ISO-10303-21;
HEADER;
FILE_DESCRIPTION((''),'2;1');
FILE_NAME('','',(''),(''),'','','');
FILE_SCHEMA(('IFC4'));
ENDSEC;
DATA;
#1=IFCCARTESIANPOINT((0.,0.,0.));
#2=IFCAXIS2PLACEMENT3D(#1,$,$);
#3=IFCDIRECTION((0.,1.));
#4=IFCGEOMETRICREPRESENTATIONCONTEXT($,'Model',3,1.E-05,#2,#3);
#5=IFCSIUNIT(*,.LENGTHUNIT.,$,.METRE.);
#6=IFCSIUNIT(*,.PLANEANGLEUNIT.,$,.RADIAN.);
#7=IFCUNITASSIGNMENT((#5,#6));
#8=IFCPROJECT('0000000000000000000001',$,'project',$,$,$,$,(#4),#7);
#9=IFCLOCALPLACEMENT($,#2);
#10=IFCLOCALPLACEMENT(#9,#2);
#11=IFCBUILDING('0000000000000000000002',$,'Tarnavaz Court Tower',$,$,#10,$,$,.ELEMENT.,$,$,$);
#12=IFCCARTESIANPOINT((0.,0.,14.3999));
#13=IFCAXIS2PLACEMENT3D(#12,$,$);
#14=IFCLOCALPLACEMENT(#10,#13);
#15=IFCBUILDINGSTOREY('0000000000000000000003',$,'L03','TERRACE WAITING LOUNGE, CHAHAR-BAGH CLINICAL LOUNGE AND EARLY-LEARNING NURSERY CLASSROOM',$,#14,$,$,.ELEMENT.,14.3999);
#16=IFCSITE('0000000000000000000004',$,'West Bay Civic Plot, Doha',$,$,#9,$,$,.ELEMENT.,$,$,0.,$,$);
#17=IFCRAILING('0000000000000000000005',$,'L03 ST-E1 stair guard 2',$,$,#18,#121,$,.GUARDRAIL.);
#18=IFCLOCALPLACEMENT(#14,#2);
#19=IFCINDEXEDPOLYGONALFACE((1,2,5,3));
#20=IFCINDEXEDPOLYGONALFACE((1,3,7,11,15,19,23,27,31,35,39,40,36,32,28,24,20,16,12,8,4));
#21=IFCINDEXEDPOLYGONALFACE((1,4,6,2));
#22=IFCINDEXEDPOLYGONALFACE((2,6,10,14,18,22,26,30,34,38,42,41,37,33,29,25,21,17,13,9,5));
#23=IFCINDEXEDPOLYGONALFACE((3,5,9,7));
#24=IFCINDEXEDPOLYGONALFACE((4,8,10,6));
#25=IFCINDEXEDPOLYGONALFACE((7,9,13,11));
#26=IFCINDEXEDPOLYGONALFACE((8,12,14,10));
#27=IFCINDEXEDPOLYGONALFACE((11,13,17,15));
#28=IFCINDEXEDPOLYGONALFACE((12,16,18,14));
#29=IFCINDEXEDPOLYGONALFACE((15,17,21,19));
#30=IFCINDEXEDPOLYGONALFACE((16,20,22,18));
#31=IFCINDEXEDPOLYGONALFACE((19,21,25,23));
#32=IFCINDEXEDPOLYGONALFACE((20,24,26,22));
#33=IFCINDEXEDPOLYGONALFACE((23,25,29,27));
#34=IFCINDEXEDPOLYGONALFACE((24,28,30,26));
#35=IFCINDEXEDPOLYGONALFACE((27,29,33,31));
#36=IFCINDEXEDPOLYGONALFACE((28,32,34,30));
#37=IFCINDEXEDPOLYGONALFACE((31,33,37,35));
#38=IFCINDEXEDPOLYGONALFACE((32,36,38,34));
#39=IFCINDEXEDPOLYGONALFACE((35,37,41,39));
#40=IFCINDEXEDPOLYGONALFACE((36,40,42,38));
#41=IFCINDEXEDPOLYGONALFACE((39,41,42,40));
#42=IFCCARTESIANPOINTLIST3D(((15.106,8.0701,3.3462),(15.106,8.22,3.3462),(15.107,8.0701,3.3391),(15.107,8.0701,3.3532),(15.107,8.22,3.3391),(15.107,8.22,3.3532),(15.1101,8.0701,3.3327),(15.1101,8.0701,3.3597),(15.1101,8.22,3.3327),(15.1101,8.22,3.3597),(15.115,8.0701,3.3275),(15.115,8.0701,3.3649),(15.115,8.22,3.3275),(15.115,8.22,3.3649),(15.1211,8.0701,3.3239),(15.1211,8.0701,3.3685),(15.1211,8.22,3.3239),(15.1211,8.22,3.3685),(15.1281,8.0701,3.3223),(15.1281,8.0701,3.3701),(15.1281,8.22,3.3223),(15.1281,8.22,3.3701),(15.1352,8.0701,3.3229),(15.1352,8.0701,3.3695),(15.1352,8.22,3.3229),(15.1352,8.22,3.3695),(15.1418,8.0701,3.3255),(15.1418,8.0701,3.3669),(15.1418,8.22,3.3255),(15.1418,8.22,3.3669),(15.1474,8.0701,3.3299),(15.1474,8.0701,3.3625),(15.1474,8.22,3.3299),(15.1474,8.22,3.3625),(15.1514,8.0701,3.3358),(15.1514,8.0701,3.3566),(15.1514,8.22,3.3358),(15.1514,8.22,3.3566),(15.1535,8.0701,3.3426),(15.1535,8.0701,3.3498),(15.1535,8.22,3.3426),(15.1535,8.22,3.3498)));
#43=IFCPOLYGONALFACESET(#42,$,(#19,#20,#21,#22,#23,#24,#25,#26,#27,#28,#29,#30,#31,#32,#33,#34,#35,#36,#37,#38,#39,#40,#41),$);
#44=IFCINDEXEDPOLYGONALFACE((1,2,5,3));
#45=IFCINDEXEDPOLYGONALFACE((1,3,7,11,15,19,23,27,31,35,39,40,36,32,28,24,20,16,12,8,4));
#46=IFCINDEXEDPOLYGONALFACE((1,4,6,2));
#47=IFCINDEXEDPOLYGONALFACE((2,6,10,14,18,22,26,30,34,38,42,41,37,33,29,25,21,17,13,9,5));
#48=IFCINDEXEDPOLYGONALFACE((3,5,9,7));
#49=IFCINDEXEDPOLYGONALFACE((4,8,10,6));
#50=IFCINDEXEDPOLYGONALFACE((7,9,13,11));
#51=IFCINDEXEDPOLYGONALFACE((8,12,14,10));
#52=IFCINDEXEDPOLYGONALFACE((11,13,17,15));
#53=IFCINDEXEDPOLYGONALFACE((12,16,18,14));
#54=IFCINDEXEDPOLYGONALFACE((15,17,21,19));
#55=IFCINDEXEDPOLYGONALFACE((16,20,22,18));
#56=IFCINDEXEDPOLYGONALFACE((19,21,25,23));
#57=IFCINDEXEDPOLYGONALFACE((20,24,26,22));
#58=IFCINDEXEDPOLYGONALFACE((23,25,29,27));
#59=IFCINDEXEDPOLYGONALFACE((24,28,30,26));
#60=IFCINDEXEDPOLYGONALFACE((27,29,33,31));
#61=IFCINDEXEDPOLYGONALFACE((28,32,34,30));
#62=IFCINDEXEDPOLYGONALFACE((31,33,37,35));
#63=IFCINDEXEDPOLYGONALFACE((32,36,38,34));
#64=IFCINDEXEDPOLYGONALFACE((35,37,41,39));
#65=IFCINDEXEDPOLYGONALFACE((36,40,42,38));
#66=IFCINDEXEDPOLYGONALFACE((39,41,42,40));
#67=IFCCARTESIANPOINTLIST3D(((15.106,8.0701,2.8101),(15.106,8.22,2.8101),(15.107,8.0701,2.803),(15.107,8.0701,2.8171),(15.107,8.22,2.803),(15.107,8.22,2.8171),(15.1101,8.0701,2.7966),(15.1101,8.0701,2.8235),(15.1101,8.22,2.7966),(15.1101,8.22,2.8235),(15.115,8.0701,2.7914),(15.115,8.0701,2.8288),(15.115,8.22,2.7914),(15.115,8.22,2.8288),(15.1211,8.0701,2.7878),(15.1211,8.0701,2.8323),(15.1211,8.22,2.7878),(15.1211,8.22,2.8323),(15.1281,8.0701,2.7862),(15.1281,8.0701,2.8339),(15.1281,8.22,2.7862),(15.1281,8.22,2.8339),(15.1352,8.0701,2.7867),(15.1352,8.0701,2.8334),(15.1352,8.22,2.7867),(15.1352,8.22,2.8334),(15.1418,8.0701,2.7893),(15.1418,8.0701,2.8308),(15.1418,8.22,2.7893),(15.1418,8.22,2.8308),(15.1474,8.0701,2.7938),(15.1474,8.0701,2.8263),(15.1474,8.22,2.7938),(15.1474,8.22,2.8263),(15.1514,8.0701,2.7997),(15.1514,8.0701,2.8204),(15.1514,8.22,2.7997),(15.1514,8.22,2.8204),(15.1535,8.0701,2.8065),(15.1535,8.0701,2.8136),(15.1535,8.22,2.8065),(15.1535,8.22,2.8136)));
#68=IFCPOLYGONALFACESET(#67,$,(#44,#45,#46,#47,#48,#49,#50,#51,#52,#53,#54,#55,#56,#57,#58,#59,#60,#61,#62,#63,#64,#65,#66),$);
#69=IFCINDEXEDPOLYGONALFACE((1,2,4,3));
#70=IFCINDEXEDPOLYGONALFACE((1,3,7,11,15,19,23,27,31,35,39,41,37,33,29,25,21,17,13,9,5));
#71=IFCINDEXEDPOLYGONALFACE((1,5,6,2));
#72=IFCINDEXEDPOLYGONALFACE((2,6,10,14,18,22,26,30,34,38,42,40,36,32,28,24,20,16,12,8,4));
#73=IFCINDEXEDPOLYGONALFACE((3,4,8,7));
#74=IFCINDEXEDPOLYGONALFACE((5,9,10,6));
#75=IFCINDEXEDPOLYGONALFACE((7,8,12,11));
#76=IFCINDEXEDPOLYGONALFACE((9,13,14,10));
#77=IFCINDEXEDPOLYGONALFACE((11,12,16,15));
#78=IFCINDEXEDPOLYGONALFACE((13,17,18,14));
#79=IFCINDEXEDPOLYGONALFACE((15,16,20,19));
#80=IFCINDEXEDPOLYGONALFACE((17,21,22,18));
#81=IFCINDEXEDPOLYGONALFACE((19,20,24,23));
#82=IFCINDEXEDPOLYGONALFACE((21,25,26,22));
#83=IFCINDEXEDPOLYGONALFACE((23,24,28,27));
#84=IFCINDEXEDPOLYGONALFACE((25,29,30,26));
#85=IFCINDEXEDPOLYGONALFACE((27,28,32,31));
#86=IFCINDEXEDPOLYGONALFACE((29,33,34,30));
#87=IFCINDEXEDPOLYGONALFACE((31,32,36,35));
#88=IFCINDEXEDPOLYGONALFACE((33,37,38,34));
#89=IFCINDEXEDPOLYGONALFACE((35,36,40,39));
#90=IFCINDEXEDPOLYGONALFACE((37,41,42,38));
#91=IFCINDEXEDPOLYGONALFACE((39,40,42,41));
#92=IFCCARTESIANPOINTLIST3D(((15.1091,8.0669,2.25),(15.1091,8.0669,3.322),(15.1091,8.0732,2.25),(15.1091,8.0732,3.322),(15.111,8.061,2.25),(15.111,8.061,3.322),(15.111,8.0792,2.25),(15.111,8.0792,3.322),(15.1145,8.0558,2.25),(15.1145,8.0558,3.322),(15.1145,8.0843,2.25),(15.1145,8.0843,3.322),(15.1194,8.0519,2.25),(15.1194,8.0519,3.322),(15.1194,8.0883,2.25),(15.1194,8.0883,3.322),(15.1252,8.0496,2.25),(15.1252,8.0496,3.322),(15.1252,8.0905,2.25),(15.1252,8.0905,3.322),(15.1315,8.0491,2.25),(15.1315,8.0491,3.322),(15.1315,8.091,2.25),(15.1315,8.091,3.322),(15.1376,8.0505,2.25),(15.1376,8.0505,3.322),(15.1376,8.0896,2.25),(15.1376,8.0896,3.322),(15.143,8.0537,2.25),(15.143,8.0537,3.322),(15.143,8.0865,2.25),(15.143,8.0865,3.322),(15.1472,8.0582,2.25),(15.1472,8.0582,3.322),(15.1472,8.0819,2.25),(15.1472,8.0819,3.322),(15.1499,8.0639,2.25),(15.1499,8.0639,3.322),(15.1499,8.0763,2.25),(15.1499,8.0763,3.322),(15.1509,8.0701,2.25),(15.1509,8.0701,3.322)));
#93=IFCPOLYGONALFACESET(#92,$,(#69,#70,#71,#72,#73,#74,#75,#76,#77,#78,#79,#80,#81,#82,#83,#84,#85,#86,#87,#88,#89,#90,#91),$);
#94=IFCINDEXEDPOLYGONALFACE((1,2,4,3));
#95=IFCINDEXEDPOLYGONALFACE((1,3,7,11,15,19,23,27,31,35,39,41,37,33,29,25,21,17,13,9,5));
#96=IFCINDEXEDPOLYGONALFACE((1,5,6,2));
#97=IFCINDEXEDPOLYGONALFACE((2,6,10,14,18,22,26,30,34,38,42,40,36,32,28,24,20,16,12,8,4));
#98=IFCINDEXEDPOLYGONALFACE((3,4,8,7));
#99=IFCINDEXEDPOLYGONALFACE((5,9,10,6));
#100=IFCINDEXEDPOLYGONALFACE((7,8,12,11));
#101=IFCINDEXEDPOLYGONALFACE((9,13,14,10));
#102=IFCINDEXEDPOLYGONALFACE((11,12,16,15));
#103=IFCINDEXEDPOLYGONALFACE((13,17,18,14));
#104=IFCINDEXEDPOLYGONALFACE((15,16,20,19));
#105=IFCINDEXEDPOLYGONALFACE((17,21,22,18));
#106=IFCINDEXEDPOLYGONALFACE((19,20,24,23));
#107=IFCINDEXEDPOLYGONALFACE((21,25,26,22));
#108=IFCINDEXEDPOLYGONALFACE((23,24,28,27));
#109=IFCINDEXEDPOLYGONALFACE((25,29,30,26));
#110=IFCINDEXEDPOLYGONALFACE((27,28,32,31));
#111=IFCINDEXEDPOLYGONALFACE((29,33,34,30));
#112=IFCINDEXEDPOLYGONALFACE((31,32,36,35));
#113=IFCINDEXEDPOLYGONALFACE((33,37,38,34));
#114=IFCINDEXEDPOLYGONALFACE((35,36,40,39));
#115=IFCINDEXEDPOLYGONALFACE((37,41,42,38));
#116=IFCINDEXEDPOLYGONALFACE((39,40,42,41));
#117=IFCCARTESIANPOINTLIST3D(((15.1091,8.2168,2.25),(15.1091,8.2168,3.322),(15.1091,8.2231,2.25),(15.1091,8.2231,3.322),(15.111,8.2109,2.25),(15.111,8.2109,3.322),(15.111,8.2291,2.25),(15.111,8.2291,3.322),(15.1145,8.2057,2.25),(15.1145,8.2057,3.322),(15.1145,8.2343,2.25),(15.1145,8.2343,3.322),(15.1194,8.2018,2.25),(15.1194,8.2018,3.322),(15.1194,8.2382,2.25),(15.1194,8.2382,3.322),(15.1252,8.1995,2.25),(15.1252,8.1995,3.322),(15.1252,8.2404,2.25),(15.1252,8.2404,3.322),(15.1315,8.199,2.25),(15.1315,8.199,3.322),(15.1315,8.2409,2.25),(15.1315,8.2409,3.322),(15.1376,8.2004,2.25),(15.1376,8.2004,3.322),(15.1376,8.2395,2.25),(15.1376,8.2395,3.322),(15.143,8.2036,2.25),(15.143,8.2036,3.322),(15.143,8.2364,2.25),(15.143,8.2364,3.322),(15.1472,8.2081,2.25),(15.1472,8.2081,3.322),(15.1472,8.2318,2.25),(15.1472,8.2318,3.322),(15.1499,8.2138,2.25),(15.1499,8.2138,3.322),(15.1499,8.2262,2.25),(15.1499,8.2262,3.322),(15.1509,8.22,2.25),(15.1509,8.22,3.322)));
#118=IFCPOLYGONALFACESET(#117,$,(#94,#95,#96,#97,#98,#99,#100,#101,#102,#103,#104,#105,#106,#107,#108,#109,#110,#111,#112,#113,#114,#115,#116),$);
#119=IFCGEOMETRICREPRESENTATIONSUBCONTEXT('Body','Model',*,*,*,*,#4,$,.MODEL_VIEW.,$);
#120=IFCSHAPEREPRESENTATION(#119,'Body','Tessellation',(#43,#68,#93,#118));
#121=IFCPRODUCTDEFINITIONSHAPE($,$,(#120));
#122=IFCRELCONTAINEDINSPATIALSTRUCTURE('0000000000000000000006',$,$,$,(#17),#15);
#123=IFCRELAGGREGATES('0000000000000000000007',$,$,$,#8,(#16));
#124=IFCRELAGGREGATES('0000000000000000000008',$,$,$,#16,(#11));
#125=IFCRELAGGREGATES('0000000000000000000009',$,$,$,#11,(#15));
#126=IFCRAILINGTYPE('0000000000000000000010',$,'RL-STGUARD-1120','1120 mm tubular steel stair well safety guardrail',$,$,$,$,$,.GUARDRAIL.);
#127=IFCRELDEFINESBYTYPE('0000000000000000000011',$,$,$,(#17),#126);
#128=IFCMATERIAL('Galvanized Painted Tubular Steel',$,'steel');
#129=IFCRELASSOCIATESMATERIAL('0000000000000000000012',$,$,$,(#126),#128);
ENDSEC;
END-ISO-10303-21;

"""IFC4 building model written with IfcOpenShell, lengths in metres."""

from ifc_helpers import new_model, si_unit, direction, frame, origin, origin_2d, place, context, subcontext, project, spatial, circle, extrude, material, type_object, element, save


model = new_model("IFC4")

# Units and contexts
model_context = context("Model", 3, precision=1e-05, world=origin(), true_north=direction((0.0, 1.0)))
body_context = subcontext(model_context, "Body", "Model", "MODEL_VIEW")
ifc_project = project(units=[si_unit("LENGTHUNIT", "METRE"), si_unit("PLANEANGLEUNIT", "RADIAN")], contexts=[model_context])

# Site, building, storey
site_placement = place(None, origin())
site = spatial("IfcSite", under=ifc_project, at=site_placement, Name="West Bay Civic Plot, Doha", CompositionType="ELEMENT", RefElevation=0.0)
building_placement = place(site_placement, origin())
building = spatial("IfcBuilding", under=site, at=building_placement, Name="Tarnavaz Court Tower", CompositionType="ELEMENT")
storey_placement = place(building_placement, frame((0.0, 0.0, 14.3999)))
storey = spatial("IfcBuildingStorey", under=building, at=storey_placement, Name="L03", Description="TERRACE WAITING LOUNGE, CHAHAR-BAGH CLINICAL LOUNGE AND EARLY-LEARNING NURSERY CLASSROOM", CompositionType="ELEMENT", Elevation=14.3999)

# Railing
ifc_material_1 = material(Name="Galvanized Painted Tubular Steel", Category="steel")
railing_type_1 = type_object("IfcRailingType", Name="RL-STGUARD-1120", Description="1120 mm tubular steel stair well safety guardrail", PredefinedType="GUARDRAIL", material=ifc_material_1)
railing_1_placement = place(storey_placement, frame((15.1299, 8.0701, 2.25)))
element("IfcRailing", 1, at=railing_1_placement, inside=storey, type_object=railing_type_1, Name="L03 ST-E1 stair guard 2", PredefinedType="GUARDRAIL", context=body_context, shape_type="SweptSolid", body=[
    extrude(circle(Radius=0.0239, at=origin_2d()), frame((0.0, 0.0, 1.0962), z_axis=(0.0, 1.0, 0.0), x_axis=(-1.0, 0.0, 0.0)), (0.0, 0.0, 1.0), 0.1499),
    extrude(circle(Radius=0.0239, at=origin_2d()), frame((0.0, 0.0, 0.5601), z_axis=(0.0, 1.0, 0.0), x_axis=(-1.0, 0.0, 0.0)), (0.0, 0.0, 1.0), 0.1499),
    extrude(circle(Radius=0.021, at=origin_2d()), origin(), (0.0, 0.0, 1.0), 1.072),
    extrude(circle(Radius=0.021, at=origin_2d()), frame((0.0, 0.1499, 0.0)), (0.0, 0.0, 1.0), 1.072),
])

save(model, "model.ifc")
